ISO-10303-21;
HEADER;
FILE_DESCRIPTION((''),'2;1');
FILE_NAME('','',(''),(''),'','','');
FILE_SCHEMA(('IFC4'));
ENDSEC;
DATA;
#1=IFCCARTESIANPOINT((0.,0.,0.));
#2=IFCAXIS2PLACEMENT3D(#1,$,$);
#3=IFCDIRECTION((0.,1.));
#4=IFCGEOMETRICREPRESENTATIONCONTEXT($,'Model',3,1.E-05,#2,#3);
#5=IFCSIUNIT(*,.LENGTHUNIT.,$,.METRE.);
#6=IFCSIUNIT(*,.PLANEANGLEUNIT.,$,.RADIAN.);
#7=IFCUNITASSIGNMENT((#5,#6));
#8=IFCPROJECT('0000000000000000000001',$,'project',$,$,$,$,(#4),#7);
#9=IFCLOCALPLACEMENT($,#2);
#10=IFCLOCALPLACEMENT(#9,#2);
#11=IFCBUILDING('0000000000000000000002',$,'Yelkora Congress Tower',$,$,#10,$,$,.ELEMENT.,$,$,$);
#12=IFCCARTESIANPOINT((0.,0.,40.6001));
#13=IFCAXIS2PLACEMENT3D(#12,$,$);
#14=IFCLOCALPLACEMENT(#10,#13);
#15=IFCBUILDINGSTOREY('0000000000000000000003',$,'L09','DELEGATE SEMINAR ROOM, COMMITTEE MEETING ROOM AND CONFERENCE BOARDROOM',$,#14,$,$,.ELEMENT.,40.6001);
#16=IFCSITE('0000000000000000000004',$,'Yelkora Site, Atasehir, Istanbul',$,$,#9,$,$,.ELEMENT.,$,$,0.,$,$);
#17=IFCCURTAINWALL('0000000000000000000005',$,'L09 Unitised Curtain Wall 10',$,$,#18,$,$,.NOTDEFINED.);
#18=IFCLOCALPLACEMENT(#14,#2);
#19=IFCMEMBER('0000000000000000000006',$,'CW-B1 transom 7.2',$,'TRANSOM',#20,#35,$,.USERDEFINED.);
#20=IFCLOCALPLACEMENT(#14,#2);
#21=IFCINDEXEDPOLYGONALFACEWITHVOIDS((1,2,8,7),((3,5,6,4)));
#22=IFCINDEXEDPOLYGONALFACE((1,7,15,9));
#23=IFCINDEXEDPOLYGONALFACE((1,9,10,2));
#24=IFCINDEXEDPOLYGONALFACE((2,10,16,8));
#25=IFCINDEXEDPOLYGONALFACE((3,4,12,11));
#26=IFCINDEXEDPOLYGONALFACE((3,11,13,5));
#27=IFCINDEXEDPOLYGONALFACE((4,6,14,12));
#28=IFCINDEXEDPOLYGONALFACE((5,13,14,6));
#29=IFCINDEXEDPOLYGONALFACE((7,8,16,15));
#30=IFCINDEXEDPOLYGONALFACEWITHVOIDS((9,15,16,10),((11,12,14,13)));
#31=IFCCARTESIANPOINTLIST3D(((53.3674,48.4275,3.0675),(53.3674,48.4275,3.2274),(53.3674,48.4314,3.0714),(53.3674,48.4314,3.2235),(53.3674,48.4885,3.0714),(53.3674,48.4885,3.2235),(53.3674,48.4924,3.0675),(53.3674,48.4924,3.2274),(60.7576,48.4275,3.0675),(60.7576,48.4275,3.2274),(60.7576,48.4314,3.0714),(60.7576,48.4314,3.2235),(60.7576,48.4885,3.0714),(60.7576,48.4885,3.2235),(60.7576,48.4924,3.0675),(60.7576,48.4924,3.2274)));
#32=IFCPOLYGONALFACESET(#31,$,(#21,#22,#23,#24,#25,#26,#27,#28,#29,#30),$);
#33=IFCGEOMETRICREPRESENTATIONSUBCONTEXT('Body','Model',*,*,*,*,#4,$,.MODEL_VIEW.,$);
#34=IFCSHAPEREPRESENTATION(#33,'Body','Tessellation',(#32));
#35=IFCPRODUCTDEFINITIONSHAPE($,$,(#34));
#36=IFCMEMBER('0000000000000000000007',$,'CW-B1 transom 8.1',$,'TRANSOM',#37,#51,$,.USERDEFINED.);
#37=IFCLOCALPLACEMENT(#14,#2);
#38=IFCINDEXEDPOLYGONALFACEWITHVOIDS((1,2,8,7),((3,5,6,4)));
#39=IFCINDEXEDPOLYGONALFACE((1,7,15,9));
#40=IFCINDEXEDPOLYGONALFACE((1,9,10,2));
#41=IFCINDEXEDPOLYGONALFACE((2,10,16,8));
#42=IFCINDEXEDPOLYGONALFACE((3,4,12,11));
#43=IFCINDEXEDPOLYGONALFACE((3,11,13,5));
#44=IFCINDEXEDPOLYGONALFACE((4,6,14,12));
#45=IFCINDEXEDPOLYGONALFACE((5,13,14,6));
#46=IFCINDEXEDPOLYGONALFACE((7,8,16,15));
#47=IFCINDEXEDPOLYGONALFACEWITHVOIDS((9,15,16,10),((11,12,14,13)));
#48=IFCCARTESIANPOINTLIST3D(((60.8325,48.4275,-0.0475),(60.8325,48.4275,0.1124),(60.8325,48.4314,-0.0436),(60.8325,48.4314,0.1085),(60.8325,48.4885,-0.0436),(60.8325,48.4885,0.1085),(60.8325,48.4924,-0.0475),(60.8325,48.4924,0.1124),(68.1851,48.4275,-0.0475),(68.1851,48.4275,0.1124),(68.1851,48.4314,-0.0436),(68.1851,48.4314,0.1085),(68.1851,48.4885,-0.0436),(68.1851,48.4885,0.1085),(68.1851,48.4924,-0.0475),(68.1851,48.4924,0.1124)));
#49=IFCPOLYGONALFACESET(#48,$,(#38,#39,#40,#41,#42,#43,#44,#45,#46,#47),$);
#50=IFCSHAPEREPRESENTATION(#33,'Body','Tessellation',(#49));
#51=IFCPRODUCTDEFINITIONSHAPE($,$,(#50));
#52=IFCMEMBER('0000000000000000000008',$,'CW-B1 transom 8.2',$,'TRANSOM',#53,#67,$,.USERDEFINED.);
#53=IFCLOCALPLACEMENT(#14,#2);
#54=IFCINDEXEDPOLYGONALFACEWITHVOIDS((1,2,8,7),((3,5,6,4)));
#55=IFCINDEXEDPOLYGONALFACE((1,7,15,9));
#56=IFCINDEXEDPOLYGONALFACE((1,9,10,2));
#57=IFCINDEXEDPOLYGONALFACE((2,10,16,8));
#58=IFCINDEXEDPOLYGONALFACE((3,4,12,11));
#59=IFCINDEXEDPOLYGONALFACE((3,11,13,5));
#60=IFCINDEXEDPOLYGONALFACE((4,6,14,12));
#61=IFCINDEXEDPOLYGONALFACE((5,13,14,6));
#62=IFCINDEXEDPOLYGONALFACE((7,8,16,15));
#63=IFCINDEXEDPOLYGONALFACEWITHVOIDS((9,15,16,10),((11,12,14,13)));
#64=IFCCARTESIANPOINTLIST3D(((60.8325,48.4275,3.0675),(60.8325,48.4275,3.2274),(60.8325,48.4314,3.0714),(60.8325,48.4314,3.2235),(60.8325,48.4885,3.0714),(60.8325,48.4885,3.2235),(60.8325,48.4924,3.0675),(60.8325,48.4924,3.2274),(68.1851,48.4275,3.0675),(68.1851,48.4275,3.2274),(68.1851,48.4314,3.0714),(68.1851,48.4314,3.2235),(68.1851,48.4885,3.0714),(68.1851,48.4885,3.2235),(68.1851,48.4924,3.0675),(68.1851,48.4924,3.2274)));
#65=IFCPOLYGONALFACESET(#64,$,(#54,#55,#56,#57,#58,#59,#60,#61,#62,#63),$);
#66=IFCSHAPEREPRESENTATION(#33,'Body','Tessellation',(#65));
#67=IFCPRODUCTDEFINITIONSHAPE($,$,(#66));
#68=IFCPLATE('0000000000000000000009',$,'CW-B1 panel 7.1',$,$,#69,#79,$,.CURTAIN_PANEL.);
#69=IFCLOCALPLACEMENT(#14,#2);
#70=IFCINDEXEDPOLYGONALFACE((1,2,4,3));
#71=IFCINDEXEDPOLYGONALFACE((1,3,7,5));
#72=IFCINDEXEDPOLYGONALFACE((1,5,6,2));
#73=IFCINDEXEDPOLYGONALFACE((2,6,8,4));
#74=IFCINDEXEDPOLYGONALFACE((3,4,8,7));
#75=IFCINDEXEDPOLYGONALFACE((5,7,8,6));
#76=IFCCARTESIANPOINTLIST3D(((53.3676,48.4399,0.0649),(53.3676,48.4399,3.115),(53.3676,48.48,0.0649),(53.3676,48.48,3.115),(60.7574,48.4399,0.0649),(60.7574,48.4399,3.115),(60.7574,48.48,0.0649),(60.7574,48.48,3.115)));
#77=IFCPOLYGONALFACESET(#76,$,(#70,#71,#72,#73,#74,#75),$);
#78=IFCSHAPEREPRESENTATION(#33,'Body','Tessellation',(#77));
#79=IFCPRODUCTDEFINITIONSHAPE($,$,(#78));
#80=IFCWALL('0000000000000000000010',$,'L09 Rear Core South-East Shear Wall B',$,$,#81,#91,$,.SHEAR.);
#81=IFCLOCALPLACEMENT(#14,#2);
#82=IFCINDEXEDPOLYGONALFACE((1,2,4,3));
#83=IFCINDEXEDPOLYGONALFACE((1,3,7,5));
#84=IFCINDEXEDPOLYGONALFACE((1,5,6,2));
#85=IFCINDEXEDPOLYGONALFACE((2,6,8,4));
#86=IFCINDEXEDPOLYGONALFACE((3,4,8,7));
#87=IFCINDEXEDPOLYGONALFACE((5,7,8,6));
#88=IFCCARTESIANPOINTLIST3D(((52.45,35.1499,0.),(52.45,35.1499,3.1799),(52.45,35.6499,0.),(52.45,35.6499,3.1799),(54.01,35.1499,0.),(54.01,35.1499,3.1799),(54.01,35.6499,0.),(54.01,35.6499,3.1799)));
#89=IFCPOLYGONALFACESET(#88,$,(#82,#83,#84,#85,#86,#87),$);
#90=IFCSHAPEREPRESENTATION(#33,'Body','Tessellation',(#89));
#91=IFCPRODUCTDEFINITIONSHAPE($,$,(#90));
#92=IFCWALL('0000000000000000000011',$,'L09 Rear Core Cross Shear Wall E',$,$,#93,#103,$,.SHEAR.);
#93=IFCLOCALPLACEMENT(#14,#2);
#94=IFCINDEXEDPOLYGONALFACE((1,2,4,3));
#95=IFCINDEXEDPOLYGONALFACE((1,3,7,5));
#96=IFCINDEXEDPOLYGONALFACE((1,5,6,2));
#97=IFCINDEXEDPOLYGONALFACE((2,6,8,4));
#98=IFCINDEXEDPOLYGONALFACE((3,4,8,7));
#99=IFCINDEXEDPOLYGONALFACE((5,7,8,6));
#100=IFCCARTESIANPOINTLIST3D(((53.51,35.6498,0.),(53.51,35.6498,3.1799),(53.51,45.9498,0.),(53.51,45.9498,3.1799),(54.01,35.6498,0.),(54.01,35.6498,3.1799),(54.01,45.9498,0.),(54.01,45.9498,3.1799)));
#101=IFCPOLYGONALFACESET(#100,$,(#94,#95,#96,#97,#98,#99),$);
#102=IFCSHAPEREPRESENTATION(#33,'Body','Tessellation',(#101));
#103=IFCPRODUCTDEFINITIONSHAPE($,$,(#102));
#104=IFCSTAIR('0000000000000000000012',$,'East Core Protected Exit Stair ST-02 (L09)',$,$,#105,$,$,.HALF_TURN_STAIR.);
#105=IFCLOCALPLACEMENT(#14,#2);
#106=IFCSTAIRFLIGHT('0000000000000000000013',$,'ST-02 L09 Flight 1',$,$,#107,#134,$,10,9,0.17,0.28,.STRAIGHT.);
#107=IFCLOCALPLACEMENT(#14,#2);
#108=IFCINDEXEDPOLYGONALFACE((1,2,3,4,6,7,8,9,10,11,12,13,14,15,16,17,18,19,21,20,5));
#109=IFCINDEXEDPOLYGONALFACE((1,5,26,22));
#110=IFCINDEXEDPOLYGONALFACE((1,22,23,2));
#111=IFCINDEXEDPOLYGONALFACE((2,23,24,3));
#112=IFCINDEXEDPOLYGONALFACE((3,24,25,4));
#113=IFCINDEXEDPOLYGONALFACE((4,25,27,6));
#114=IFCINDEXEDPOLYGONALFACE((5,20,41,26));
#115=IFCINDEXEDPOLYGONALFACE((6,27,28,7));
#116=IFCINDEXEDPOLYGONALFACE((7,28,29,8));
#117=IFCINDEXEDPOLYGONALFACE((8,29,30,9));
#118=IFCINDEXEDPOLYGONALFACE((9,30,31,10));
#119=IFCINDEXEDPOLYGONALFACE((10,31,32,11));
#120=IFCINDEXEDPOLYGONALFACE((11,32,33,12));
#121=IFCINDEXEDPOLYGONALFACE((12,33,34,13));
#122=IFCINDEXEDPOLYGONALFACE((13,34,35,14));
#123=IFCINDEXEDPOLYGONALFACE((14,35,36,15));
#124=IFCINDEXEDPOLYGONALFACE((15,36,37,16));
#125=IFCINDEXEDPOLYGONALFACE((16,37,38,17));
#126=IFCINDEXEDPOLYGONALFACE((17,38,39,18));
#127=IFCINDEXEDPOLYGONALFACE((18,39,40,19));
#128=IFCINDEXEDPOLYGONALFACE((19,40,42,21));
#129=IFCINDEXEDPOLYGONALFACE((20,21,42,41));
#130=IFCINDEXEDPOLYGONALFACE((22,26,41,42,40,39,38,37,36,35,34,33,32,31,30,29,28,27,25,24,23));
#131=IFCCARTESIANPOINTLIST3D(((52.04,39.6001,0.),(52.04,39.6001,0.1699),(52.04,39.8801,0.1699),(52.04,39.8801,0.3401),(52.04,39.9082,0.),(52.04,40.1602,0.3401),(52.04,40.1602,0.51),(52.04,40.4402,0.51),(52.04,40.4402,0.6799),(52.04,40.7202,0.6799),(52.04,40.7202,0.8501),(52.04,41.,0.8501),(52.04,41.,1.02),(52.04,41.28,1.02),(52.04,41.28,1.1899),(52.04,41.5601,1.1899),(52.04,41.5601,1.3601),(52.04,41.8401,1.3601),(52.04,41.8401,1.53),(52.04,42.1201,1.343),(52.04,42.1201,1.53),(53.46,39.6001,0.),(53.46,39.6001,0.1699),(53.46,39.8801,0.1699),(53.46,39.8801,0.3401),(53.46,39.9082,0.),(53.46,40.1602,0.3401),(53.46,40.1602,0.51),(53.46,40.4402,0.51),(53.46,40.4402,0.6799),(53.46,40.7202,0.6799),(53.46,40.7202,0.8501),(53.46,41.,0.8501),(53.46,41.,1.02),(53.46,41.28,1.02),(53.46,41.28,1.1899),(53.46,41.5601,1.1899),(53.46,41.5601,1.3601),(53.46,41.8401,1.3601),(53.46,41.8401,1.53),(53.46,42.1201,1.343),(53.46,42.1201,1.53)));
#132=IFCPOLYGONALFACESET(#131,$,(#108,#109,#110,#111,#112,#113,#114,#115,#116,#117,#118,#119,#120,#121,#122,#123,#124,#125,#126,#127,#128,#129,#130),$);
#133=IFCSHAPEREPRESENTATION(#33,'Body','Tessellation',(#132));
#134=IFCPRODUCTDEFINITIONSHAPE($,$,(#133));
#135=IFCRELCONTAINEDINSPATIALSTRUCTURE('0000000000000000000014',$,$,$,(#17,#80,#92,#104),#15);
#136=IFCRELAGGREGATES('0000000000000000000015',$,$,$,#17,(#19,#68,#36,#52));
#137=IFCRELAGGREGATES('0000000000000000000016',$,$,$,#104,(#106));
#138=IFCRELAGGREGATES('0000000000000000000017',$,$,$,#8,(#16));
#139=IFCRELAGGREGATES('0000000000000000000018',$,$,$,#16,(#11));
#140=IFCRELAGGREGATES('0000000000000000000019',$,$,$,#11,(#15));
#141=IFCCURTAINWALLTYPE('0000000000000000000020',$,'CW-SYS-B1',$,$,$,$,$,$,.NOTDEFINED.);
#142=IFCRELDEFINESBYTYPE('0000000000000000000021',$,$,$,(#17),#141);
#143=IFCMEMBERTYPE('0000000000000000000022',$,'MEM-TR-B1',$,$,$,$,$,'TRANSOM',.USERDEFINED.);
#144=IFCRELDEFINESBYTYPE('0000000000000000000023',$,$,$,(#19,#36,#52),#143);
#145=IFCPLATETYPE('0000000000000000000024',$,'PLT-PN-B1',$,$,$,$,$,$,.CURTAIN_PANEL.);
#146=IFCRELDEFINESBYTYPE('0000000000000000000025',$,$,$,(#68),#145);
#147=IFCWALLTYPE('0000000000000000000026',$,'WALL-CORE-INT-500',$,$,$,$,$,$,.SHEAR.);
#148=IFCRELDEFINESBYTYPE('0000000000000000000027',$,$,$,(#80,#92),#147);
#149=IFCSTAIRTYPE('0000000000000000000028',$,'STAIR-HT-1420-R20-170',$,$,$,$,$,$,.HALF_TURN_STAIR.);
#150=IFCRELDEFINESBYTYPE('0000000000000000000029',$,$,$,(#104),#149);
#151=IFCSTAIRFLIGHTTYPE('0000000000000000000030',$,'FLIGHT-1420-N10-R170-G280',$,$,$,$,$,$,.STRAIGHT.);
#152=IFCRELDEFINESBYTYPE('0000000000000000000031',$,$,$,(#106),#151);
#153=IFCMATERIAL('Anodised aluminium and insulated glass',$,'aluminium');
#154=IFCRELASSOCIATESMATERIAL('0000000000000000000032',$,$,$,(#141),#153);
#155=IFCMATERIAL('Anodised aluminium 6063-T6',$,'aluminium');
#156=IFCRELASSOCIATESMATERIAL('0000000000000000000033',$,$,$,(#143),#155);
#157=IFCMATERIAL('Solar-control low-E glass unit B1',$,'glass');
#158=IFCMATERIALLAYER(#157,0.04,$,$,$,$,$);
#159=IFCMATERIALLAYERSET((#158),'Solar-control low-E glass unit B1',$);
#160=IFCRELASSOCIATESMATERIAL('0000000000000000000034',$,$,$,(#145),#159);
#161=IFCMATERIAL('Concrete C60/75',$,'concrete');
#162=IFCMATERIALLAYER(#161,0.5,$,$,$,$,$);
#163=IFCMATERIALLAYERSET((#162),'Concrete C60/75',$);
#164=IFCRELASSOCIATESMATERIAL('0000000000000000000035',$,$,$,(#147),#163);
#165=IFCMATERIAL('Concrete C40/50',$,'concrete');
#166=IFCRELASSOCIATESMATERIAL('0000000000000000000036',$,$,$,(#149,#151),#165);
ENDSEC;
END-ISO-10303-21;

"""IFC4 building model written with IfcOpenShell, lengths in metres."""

from ifc_helpers import new_model, si_unit, direction, frame, frame_2d, origin, origin_2d, place, context, subcontext, project, spatial, polyline, rectangle, hollow_rectangle, outline, extrude, material, layer, layer_set, material_profile, profile_set, type_object, element, aggregate, save


model = new_model("IFC4")

# Units and contexts
model_context = context("Model", 3, precision=1e-05, world=origin(), true_north=direction((0.0, 1.0)))
body_context = subcontext(model_context, "Body", "Model", "MODEL_VIEW")
ifc_project = project(units=[si_unit("LENGTHUNIT", "METRE"), si_unit("PLANEANGLEUNIT", "RADIAN")], contexts=[model_context])

# Site, building, storey
site_placement = place(None, origin())
site = spatial("IfcSite", under=ifc_project, at=site_placement, Name="Yelkora Site, Atasehir, Istanbul", CompositionType="ELEMENT", RefElevation=0.0)
building_placement = place(site_placement, origin())
building = spatial("IfcBuilding", under=site, at=building_placement, Name="Yelkora Congress Tower", CompositionType="ELEMENT")
storey_placement = place(building_placement, frame((0.0, 0.0, 40.6001)))
storey = spatial("IfcBuildingStorey", under=building, at=storey_placement, Name="L09", Description="DELEGATE SEMINAR ROOM, COMMITTEE MEETING ROOM AND CONFERENCE BOARDROOM", CompositionType="ELEMENT", Elevation=40.6001)

# Shared definitions
ifc_material_1 = material(Name="Concrete C60/75", Category="concrete")

# Curtain wall, members, plate
ifc_material_2 = material(Name="Anodised aluminium and insulated glass", Category="aluminium")
curtain_wall_type = type_object("IfcCurtainWallType", Name="CW-SYS-B1", PredefinedType="NOTDEFINED", material=ifc_material_2)
curtain_wall_placement = place(storey_placement, origin())
curtain_wall = element("IfcCurtainWall", 1, at=curtain_wall_placement, inside=storey, type_object=curtain_wall_type, Name="L09 Unitised Curtain Wall 10", PredefinedType="NOTDEFINED")
ifc_material_3 = material(Name="Anodised aluminium 6063-T6", Category="aluminium")
ifc_material_profile_1 = material_profile(ifc_material_3, hollow_rectangle(XDim=0.0649, YDim=0.1599, WallThickness=0.0039, at=origin_2d()), Name="ALU 65x160x4")
ifc_profile_set_1 = profile_set([ifc_material_profile_1], Name="Anodised aluminium 6063-T6")
member_type_1 = type_object("IfcMemberType", Name="MEM-TR-B1", ElementType="TRANSOM", PredefinedType="USERDEFINED", material=ifc_profile_set_1)
member_1_placement = place(storey_placement, frame((53.3674, 48.46, 3.1475), z_axis=(1.0, 0.0, 0.0), x_axis=(0.0, 1.0, 0.0)))
member_1 = element("IfcMember", 2, at=member_1_placement, type_object=member_type_1, Name="CW-B1 transom 7.2", ObjectType="TRANSOM", PredefinedType="USERDEFINED", context=body_context, shape_type="SweptSolid", body=[
    extrude(hollow_rectangle(XDim=0.0649, YDim=0.1599, WallThickness=0.0039, at=origin_2d()), origin(), (0.0, 0.0, 1.0), 7.3901),
])
member_2_placement = place(storey_placement, frame((60.8325, 48.46, 0.0325), z_axis=(1.0, 0.0, 0.0), x_axis=(0.0, 1.0, 0.0)))
member_2 = element("IfcMember", 3, at=member_2_placement, type_object=member_type_1, Name="CW-B1 transom 8.1", ObjectType="TRANSOM", PredefinedType="USERDEFINED", context=body_context, shape_type="SweptSolid", body=[
    extrude(hollow_rectangle(XDim=0.0649, YDim=0.1599, WallThickness=0.0039, at=origin_2d()), origin(), (0.0, 0.0, 1.0), 7.3525),
])
member_3_placement = place(storey_placement, frame((60.8325, 48.46, 3.1475), z_axis=(1.0, 0.0, 0.0), x_axis=(0.0, 1.0, 0.0)))
member_3 = element("IfcMember", 4, at=member_3_placement, type_object=member_type_1, Name="CW-B1 transom 8.2", ObjectType="TRANSOM", PredefinedType="USERDEFINED", context=body_context, shape_type="SweptSolid", body=[
    extrude(hollow_rectangle(XDim=0.0649, YDim=0.1599, WallThickness=0.0039, at=origin_2d()), origin(), (0.0, 0.0, 1.0), 7.3525),
])
ifc_material_4 = material(Name="Solar-control low-E glass unit B1", Category="glass")
ifc_layer_1 = layer(ifc_material_4, 0.04)
ifc_layer_set_1 = layer_set([ifc_layer_1], Name="Solar-control low-E glass unit B1")
plate_type = type_object("IfcPlateType", Name="PLT-PN-B1", PredefinedType="CURTAIN_PANEL", material=ifc_layer_set_1)
plate_placement = place(storey_placement, frame((57.0625, 48.46, 0.0649), z_axis=(0.0, 0.0, 1.0), x_axis=(1.0, 0.0, 0.0)))
plate = element("IfcPlate", 5, at=plate_placement, type_object=plate_type, Name="CW-B1 panel 7.1", PredefinedType="CURTAIN_PANEL", context=body_context, shape_type="SweptSolid", body=[
    extrude(rectangle(XDim=7.3899, YDim=0.04, at=origin_2d()), origin(), (0.0, 0.0, 1.0), 3.05),
])
aggregate(curtain_wall, [member_1, plate, member_2, member_3])

# Walls
ifc_layer_2 = layer(ifc_material_1, 0.5)
ifc_layer_set_2 = layer_set([ifc_layer_2], Name="Concrete C60/75")
wall_type = type_object("IfcWallType", Name="WALL-CORE-INT-500", PredefinedType="SHEAR", material=ifc_layer_set_2)
wall_1_placement = place(storey_placement, frame((52.45, 35.3999, 0.0), z_axis=(0.0, 0.0, 1.0), x_axis=(1.0, 0.0, 0.0)))
element("IfcWall", 6, at=wall_1_placement, inside=storey, type_object=wall_type, Name="L09 Rear Core South-East Shear Wall B", PredefinedType="SHEAR", context=body_context, shape_type="SweptSolid", body=[
    extrude(rectangle(XDim=1.5601, YDim=0.5, at=frame_2d((0.78, 0.0))), origin(), (0.0, 0.0, 1.0), 3.1799),
])
wall_2_placement = place(storey_placement, frame((53.76, 35.6499, 0.0), z_axis=(0.0, 0.0, 1.0), x_axis=(0.0, 1.0, 0.0)))
element("IfcWall", 7, at=wall_2_placement, inside=storey, type_object=wall_type, Name="L09 Rear Core Cross Shear Wall E", PredefinedType="SHEAR", context=body_context, shape_type="SweptSolid", body=[
    extrude(rectangle(XDim=10.3, YDim=0.5, at=frame_2d((5.1499, 0.0))), origin(), (0.0, 0.0, 1.0), 3.1799),
])

# Stair, stair flight
ifc_material_5 = material(Name="Concrete C40/50", Category="concrete")
stair_type = type_object("IfcStairType", Name="STAIR-HT-1420-R20-170", PredefinedType="HALF_TURN_STAIR", material=ifc_material_5)
stair_placement = place(storey_placement, origin())
stair = element("IfcStair", 8, at=stair_placement, inside=storey, type_object=stair_type, Name="East Core Protected Exit Stair ST-02 (L09)", PredefinedType="HALF_TURN_STAIR")
stair_flight_type = type_object("IfcStairFlightType", Name="FLIGHT-1420-N10-R170-G280", PredefinedType="STRAIGHT", material=ifc_material_5)
stair_flight_placement = place(storey_placement, frame((52.75, 39.6001, 0.0), z_axis=(0.0, 0.0, 1.0), x_axis=(0.0, 1.0, 0.0)))
stair_flight = element("IfcStairFlight", 9, at=stair_flight_placement, type_object=stair_flight_type, Name="ST-02 L09 Flight 1", NumberOfRisers=10, NumberOfTreads=9, PredefinedType="STRAIGHT", RiserHeight=0.17, TreadLength=0.28, context=body_context, shape_type="SweptSolid", body=[
    extrude(outline(polyline([(0.0, 0.0), (0.0, 0.1699), (0.28, 0.1699), (0.28, 0.3401), (0.5601, 0.3401), (0.5601, 0.51), (0.8401, 0.51), (0.8401, 0.6799), (1.1201, 0.6799), (1.1201, 0.8501), (1.3999, 0.8501), (1.3999, 1.02), (1.6799, 1.02), (1.6799, 1.1899), (1.96, 1.1899), (1.96, 1.3601), (2.24, 1.3601), (2.24, 1.53), (2.52, 1.53), (2.52, 1.7), (2.52, 1.343), (0.3081, 0.0), (0.0, 0.0)])), frame((0.0, 0.71, 0.0), z_axis=(0.0, -1.0, 0.0), x_axis=(1.0, 0.0, 0.0)), (0.0, 0.0, 1.0), 1.4199),
])
aggregate(stair, [stair_flight])

save(model, "model.ifc")
